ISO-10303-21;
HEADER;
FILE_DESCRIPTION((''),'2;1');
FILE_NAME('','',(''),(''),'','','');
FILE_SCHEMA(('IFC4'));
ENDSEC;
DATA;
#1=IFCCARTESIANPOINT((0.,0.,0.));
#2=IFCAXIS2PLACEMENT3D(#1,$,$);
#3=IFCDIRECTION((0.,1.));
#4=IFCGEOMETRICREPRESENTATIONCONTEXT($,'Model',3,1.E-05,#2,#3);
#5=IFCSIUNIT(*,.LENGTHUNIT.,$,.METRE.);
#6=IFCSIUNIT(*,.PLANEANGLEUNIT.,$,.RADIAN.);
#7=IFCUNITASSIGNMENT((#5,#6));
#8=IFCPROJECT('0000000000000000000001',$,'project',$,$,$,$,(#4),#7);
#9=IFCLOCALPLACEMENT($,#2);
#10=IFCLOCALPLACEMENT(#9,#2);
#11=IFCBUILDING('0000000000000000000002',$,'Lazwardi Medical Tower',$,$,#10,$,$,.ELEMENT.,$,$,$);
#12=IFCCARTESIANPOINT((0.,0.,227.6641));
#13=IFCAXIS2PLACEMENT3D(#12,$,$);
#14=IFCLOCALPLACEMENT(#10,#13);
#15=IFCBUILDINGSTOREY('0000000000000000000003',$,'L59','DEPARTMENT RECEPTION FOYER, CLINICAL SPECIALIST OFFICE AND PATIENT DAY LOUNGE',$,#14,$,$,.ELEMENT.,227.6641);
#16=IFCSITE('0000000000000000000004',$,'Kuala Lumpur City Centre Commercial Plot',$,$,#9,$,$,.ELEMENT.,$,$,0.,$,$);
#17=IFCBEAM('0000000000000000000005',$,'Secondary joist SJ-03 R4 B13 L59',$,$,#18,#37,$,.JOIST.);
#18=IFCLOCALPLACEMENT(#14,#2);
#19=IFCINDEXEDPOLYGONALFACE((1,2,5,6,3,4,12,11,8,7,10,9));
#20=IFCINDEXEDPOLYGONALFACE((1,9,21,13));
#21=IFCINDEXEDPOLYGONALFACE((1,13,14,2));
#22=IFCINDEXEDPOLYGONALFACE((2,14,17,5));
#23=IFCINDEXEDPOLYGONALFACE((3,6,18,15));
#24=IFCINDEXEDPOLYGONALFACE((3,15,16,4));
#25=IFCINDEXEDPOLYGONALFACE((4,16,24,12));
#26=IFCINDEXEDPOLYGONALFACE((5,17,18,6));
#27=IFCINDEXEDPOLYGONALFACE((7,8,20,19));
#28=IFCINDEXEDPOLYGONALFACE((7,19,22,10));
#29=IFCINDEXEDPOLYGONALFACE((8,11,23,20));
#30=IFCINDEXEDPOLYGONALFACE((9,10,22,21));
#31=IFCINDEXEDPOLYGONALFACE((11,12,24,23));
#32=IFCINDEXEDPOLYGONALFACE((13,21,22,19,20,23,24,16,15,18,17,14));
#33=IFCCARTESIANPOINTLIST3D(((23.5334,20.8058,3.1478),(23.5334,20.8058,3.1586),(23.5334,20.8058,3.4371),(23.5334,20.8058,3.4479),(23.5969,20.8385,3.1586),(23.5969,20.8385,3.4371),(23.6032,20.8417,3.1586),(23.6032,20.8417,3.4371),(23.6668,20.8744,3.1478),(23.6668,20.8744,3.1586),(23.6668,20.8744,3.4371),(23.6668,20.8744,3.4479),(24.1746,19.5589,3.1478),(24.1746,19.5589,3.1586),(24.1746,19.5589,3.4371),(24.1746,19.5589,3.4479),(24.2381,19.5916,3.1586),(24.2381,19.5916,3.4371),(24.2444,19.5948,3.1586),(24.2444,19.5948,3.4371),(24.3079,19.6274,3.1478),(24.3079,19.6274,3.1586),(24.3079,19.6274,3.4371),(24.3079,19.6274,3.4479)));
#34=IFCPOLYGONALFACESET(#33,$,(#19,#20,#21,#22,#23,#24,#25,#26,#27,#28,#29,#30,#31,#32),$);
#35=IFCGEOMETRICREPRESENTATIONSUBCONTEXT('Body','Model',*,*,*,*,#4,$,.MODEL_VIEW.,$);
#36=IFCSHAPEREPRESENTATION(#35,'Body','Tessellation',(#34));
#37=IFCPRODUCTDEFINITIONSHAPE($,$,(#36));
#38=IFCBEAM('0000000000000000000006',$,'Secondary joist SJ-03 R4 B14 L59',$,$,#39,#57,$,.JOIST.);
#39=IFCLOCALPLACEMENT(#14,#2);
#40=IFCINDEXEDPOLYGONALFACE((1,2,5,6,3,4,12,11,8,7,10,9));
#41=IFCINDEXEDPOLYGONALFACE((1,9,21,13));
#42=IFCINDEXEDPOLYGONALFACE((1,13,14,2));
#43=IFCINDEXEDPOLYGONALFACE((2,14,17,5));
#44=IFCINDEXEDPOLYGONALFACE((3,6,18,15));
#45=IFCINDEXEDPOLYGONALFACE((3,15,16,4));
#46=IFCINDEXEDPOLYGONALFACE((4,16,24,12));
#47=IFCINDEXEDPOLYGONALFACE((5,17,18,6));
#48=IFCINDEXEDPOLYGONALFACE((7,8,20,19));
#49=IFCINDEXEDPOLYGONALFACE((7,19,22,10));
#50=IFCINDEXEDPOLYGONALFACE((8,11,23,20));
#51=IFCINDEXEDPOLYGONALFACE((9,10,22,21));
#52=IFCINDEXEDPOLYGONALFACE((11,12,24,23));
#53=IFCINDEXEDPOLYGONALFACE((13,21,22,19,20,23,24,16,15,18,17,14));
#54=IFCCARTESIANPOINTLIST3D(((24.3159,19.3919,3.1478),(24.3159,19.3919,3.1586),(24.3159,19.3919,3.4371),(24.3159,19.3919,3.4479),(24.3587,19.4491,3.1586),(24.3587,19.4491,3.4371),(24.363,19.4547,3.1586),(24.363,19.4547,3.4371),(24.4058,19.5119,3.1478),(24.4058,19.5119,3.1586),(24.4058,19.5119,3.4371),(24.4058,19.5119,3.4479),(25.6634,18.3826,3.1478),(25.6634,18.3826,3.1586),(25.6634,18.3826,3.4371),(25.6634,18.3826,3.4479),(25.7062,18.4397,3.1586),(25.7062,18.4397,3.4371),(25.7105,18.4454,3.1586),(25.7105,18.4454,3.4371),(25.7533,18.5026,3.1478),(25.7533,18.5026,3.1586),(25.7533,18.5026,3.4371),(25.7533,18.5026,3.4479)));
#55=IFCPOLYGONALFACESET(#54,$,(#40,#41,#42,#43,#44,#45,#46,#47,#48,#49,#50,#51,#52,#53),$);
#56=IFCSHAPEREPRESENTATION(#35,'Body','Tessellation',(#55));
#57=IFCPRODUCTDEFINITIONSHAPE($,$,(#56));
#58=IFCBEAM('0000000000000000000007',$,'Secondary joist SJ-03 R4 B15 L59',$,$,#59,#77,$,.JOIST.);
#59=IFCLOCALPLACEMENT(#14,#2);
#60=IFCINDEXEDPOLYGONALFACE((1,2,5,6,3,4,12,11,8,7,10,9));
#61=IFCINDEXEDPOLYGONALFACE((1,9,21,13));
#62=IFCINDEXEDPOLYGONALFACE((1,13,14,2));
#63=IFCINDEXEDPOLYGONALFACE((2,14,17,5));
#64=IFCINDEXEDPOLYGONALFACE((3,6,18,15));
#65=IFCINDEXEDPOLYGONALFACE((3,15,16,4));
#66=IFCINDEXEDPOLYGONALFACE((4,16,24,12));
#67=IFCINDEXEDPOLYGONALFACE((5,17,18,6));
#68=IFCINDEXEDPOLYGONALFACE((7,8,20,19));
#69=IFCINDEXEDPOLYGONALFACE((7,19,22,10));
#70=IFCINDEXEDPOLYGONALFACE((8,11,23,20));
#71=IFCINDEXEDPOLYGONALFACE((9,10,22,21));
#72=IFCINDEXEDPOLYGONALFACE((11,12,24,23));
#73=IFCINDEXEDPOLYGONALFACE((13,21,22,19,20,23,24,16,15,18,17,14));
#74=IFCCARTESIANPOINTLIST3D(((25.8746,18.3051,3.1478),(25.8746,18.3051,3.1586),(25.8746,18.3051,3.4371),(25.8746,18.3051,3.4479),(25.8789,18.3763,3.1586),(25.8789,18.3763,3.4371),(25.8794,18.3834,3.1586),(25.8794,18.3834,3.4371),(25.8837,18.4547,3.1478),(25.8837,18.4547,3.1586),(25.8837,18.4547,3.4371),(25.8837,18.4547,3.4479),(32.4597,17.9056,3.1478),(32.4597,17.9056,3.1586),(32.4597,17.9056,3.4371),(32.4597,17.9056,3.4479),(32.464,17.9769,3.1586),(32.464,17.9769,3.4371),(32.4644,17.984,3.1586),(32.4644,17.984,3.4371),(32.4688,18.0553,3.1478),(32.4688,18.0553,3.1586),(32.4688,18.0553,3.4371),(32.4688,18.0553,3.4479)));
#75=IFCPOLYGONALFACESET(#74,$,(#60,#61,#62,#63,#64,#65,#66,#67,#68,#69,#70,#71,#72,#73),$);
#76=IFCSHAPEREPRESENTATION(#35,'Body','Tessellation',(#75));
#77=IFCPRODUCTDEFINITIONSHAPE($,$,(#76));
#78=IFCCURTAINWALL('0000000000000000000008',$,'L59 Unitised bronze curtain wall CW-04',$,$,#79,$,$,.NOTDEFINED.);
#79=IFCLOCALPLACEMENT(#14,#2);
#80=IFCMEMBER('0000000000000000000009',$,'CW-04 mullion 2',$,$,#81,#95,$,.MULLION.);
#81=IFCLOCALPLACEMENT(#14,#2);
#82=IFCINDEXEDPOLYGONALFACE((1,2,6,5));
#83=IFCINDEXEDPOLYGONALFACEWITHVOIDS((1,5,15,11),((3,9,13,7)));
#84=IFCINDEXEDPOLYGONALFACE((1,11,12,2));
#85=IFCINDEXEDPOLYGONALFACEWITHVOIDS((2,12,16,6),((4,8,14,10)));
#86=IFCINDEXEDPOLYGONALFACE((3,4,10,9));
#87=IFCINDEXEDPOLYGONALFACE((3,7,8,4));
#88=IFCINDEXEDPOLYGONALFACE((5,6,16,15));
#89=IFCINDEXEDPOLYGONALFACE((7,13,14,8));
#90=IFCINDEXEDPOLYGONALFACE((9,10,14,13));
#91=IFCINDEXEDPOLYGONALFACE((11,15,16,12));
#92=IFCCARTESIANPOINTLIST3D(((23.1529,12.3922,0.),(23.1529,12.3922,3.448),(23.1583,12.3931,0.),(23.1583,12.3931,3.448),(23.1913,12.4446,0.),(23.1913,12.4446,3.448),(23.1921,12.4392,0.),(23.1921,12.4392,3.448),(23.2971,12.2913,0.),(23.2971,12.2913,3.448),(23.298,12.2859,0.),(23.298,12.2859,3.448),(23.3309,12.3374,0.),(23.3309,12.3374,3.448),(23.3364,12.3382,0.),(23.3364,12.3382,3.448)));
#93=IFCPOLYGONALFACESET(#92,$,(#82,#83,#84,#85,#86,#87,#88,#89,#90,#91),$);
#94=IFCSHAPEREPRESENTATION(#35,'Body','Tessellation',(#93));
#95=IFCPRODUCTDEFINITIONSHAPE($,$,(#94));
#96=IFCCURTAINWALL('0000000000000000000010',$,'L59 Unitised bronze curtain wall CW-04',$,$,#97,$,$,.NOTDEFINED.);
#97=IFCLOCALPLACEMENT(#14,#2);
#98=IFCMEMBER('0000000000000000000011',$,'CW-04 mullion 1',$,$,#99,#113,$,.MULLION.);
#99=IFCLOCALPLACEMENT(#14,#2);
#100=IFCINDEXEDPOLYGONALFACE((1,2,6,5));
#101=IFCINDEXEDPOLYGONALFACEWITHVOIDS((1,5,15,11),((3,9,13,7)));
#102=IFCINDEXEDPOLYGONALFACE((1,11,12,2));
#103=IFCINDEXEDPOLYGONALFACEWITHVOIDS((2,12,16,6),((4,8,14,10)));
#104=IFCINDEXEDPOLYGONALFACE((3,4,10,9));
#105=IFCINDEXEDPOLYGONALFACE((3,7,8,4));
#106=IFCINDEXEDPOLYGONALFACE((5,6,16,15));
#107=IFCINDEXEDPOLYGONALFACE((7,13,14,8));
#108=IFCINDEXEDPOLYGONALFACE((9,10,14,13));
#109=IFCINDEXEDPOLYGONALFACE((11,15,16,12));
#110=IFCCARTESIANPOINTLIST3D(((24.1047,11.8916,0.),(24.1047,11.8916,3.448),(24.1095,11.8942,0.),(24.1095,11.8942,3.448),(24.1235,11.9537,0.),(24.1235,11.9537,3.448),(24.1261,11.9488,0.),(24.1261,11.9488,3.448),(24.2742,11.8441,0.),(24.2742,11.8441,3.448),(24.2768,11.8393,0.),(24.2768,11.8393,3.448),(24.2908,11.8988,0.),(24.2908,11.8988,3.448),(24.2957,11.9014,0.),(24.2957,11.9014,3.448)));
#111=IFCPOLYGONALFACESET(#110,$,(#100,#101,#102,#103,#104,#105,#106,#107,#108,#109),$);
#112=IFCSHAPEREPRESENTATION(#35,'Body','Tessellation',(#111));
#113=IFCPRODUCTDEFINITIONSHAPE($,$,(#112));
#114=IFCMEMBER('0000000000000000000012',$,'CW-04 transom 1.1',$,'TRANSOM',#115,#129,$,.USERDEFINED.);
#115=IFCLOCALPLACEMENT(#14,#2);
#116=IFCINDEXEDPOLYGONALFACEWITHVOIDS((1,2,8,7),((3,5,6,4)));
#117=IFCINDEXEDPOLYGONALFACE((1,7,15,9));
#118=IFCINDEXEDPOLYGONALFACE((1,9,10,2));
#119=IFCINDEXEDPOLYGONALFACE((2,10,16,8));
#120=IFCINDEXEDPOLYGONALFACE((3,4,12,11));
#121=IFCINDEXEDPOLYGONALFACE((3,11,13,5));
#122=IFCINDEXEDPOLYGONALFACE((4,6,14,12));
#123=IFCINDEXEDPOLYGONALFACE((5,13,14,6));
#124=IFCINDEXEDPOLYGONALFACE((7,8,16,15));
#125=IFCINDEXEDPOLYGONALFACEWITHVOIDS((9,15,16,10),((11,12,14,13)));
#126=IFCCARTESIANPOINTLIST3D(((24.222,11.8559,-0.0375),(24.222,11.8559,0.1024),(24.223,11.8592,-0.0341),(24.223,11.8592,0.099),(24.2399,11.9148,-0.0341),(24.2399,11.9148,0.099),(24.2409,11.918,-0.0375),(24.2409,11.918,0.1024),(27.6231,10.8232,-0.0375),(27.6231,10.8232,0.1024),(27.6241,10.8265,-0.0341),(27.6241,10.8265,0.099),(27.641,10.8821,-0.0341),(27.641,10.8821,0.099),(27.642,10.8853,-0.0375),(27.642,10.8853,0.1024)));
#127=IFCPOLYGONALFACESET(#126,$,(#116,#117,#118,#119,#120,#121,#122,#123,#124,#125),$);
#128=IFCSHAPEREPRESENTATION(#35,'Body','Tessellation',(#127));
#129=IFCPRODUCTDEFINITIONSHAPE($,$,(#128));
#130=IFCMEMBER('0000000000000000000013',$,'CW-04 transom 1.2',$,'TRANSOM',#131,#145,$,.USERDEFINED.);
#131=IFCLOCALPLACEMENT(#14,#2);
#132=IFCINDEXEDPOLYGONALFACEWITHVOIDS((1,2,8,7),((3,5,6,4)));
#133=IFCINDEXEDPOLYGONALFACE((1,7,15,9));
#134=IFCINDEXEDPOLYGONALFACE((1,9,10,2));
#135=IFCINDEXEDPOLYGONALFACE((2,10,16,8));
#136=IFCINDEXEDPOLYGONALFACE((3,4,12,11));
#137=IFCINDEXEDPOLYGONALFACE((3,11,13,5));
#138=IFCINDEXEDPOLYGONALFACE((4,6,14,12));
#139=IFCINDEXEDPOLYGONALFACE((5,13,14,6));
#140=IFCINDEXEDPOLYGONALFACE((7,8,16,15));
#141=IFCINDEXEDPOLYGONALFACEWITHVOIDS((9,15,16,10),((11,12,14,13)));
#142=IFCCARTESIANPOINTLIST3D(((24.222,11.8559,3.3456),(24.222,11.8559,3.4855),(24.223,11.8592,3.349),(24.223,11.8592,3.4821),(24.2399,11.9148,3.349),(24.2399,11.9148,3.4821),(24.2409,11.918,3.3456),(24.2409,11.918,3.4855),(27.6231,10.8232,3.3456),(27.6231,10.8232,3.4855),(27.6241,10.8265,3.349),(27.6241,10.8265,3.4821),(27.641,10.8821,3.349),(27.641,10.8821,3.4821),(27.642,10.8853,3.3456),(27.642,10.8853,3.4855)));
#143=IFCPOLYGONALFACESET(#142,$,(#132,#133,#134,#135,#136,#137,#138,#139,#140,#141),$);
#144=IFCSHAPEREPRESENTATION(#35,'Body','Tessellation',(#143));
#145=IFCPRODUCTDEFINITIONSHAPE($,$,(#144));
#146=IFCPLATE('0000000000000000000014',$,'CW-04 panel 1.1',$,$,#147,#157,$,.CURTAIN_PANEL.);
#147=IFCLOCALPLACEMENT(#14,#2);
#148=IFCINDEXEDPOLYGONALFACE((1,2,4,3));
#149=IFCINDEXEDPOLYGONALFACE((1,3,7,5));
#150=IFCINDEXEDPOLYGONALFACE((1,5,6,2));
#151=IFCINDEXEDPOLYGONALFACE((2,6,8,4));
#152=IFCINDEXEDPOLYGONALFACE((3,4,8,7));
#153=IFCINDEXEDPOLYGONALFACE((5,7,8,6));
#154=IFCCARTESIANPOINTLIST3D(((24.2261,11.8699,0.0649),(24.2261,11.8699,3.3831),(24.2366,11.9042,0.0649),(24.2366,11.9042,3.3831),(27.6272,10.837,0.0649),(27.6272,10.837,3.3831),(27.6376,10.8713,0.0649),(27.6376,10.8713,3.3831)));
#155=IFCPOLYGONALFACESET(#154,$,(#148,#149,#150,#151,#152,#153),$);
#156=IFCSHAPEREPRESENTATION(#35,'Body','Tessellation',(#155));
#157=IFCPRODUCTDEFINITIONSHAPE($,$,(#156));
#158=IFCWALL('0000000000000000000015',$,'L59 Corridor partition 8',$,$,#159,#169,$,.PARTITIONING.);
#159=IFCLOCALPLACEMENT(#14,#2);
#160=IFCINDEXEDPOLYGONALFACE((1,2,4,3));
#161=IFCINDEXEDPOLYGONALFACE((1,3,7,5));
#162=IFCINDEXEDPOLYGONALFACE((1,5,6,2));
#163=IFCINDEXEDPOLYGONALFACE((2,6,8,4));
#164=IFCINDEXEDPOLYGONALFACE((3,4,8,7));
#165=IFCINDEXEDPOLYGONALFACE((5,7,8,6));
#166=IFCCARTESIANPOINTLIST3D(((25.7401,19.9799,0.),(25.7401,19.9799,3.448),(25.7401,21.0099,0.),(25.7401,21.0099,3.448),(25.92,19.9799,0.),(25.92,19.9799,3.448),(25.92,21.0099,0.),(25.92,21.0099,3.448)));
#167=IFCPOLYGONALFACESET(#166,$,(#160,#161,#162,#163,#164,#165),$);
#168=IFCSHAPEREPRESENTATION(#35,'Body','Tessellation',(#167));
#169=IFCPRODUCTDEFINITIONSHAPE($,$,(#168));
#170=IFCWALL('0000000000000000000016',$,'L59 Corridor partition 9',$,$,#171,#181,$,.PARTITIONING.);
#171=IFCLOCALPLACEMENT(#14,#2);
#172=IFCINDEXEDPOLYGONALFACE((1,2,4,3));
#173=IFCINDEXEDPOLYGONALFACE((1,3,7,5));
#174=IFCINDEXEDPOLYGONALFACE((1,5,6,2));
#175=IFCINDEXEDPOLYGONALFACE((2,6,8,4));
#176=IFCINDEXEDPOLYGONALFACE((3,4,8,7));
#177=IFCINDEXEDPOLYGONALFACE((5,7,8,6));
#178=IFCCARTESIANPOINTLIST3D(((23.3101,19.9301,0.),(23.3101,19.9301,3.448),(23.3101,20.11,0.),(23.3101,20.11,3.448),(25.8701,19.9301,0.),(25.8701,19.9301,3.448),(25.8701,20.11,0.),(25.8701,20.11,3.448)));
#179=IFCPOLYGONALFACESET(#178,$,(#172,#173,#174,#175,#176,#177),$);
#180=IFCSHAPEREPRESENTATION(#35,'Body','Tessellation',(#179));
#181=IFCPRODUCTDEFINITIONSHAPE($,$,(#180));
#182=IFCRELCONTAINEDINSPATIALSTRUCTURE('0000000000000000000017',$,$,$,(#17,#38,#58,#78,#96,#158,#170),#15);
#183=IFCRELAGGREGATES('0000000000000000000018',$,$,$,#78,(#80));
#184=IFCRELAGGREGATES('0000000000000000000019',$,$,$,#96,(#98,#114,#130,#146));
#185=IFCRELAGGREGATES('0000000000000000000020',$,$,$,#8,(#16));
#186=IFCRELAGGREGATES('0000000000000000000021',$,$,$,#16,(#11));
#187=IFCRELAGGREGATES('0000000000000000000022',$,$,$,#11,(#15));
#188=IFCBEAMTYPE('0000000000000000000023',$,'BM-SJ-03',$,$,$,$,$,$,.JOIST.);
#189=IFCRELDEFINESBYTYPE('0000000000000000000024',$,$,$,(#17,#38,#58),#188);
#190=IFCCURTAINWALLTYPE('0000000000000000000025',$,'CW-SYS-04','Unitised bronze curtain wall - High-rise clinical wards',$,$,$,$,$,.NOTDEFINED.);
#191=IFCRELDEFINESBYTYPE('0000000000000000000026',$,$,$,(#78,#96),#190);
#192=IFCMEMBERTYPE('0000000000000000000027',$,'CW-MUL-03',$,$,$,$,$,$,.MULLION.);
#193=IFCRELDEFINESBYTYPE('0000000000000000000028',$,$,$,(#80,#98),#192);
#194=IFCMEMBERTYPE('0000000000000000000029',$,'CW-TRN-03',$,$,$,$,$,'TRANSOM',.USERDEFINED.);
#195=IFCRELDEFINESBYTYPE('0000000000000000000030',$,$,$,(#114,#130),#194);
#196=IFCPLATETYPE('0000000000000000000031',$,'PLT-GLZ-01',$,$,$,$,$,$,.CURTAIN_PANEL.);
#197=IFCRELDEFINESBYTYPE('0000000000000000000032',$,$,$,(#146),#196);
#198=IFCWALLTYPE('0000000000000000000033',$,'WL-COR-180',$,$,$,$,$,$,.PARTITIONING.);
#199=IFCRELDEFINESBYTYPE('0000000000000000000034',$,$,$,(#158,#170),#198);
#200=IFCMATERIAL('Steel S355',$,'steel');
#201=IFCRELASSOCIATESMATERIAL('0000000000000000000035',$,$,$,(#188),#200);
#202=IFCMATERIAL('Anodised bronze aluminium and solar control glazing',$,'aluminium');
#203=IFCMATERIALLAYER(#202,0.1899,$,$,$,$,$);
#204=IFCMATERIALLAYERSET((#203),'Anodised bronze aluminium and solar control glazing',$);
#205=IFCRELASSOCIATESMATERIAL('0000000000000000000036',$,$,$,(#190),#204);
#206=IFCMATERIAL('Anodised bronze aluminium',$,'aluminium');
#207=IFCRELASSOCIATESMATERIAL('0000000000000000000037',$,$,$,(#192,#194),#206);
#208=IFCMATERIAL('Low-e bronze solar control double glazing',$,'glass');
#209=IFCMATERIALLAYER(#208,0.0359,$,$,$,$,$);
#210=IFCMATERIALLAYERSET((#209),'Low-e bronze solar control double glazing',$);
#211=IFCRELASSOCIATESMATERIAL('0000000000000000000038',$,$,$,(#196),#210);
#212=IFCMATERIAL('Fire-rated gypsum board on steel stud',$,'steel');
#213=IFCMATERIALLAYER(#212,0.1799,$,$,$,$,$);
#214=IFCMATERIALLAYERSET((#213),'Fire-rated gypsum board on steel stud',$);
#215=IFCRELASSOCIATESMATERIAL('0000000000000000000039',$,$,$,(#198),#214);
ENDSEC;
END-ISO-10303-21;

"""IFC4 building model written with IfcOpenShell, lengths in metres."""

from ifc_helpers import new_model, si_unit, direction, frame, frame_2d, origin, origin_2d, place, context, subcontext, project, spatial, rectangle, hollow_rectangle, i_section, extrude, material, layer, layer_set, material_profile, profile_set, type_object, element, aggregate, save


model = new_model("IFC4")

# Units and contexts
model_context = context("Model", 3, precision=1e-05, world=origin(), true_north=direction((0.0, 1.0)))
body_context = subcontext(model_context, "Body", "Model", "MODEL_VIEW")
ifc_project = project(units=[si_unit("LENGTHUNIT", "METRE"), si_unit("PLANEANGLEUNIT", "RADIAN")], contexts=[model_context])

# Site, building, storey
site_placement = place(None, origin())
site = spatial("IfcSite", under=ifc_project, at=site_placement, Name="Kuala Lumpur City Centre Commercial Plot", CompositionType="ELEMENT", RefElevation=0.0)
building_placement = place(site_placement, origin())
building = spatial("IfcBuilding", under=site, at=building_placement, Name="Lazwardi Medical Tower", CompositionType="ELEMENT")
storey_placement = place(building_placement, frame((0.0, 0.0, 227.6641)))
storey = spatial("IfcBuildingStorey", under=building, at=storey_placement, Name="L59", Description="DEPARTMENT RECEPTION FOYER, CLINICAL SPECIALIST OFFICE AND PATIENT DAY LOUNGE", CompositionType="ELEMENT", Elevation=227.6641)

# Beams
ifc_material_1 = material(Name="Steel S355", Category="steel")
ifc_material_profile_1 = material_profile(ifc_material_1, i_section(OverallWidth=0.1499, OverallDepth=0.3, WebThickness=0.0071, FlangeThickness=0.0107, at=origin_2d()), Name="IPE 300")
ifc_profile_set_1 = profile_set([ifc_material_profile_1], Name="Steel S355")
beam_type_1 = type_object("IfcBeamType", Name="BM-SJ-03", PredefinedType="JOIST", material=ifc_profile_set_1)
beam_1_placement = place(storey_placement, frame((23.6001, 20.8401, 3.2979), z_axis=(0.457285, -0.88932, 0.0), x_axis=(0.88932, 0.457285, 0.0)))
element("IfcBeam", 1, at=beam_1_placement, inside=storey, type_object=beam_type_1, Name="Secondary joist SJ-03 R4 B13 L59", PredefinedType="JOIST", context=body_context, shape_type="SweptSolid", body=[
    extrude(i_section(OverallWidth=0.1499, OverallDepth=0.3, WebThickness=0.0071, FlangeThickness=0.0107, at=origin_2d()), origin(), (0.0, 0.0, 1.0), 1.4021),
])
beam_2_placement = place(storey_placement, frame((24.3608, 19.4519, 3.2979), z_axis=(0.800365, -0.599513, 0.0), x_axis=(0.599513, 0.800365, 0.0)))
element("IfcBeam", 2, at=beam_2_placement, inside=storey, type_object=beam_type_1, Name="Secondary joist SJ-03 R4 B14 L59", PredefinedType="JOIST", context=body_context, shape_type="SweptSolid", body=[
    extrude(i_section(OverallWidth=0.1499, OverallDepth=0.3, WebThickness=0.0071, FlangeThickness=0.0107, at=origin_2d()), origin(), (0.0, 0.0, 1.0), 1.6836),
])
beam_3_placement = place(storey_placement, frame((25.8792, 18.3799, 3.2979), z_axis=(0.998166, -0.060544, 0.0), x_axis=(0.060544, 0.998166, 0.0)))
element("IfcBeam", 3, at=beam_3_placement, inside=storey, type_object=beam_type_1, Name="Secondary joist SJ-03 R4 B15 L59", PredefinedType="JOIST", context=body_context, shape_type="SweptSolid", body=[
    extrude(i_section(OverallWidth=0.1499, OverallDepth=0.3, WebThickness=0.0071, FlangeThickness=0.0107, at=origin_2d()), origin(), (0.0, 0.0, 1.0), 6.5972),
])

# Curtain wall, member
ifc_material_2 = material(Name="Anodised bronze aluminium and solar control glazing", Category="aluminium")
ifc_layer_1 = layer(ifc_material_2, 0.1899)
ifc_layer_set_1 = layer_set([ifc_layer_1], Name="Anodised bronze aluminium and solar control glazing")
curtain_wall_type = type_object("IfcCurtainWallType", Name="CW-SYS-04", Description="Unitised bronze curtain wall - High-rise clinical wards", PredefinedType="NOTDEFINED", material=ifc_layer_set_1)
curtain_wall_1_placement = place(storey_placement, origin())
curtain_wall_1 = element("IfcCurtainWall", 4, at=curtain_wall_1_placement, inside=storey, type_object=curtain_wall_type, Name="L59 Unitised bronze curtain wall CW-04", PredefinedType="NOTDEFINED")
ifc_material_3 = material(Name="Anodised bronze aluminium", Category="aluminium")
ifc_material_profile_2 = material_profile(ifc_material_3, hollow_rectangle(XDim=0.0649, YDim=0.1799, WallThickness=0.0039, at=origin_2d()), Name="ALU-MULLION 180x65x4")
ifc_profile_set_2 = profile_set([ifc_material_profile_2], Name="Anodised bronze aluminium")
member_type_1 = type_object("IfcMemberType", Name="CW-MUL-03", PredefinedType="MULLION", material=ifc_profile_set_2)
member_1_placement = place(storey_placement, frame((23.2446, 12.3652, 0.0), z_axis=(0.0, 0.0, 1.0), x_axis=(0.591268, 0.806475, 0.0)))
member_1 = element("IfcMember", 5, at=member_1_placement, type_object=member_type_1, Name="CW-04 mullion 2", PredefinedType="MULLION", context=body_context, shape_type="SweptSolid", body=[
    extrude(hollow_rectangle(XDim=0.0649, YDim=0.1799, WallThickness=0.0039, at=origin_2d()), origin(), (0.0, 0.0, 1.0), 3.448),
])
aggregate(curtain_wall_1, [member_1])

# Curtain wall, members, plate
curtain_wall_2_placement = place(storey_placement, origin())
curtain_wall_2 = element("IfcCurtainWall", 6, at=curtain_wall_2_placement, inside=storey, type_object=curtain_wall_type, Name="L59 Unitised bronze curtain wall CW-04", PredefinedType="NOTDEFINED")
member_2_placement = place(storey_placement, frame((24.2002, 11.8965, 0.0), z_axis=(0.0, 0.0, 1.0), x_axis=(0.290582, 0.95685, 0.0)))
member_2 = element("IfcMember", 7, at=member_2_placement, type_object=member_type_1, Name="CW-04 mullion 1", PredefinedType="MULLION", context=body_context, shape_type="SweptSolid", body=[
    extrude(hollow_rectangle(XDim=0.0649, YDim=0.1799, WallThickness=0.0039, at=origin_2d()), origin(), (0.0, 0.0, 1.0), 3.448),
])
ifc_material_profile_3 = material_profile(ifc_material_3, hollow_rectangle(XDim=0.0649, YDim=0.1399, WallThickness=0.0034, at=origin_2d()), Name="ALU-TRANSOM 140x65x3.5")
ifc_profile_set_3 = profile_set([ifc_material_profile_3], Name="Anodised bronze aluminium")
member_type_2 = type_object("IfcMemberType", Name="CW-TRN-03", ElementType="TRANSOM", PredefinedType="USERDEFINED", material=ifc_profile_set_3)
member_3_placement = place(storey_placement, frame((24.2314, 11.887, 0.0325), z_axis=(0.956863, -0.290541, 0.0), x_axis=(0.290541, 0.956863, 0.0)))
member_3 = element("IfcMember", 8, at=member_3_placement, type_object=member_type_2, Name="CW-04 transom 1.1", ObjectType="TRANSOM", PredefinedType="USERDEFINED", context=body_context, shape_type="SweptSolid", body=[
    extrude(hollow_rectangle(XDim=0.0649, YDim=0.1399, WallThickness=0.0034, at=origin_2d()), origin(), (0.0, 0.0, 1.0), 3.5544),
])
member_4_placement = place(storey_placement, frame((24.2314, 11.887, 3.4155), z_axis=(0.956863, -0.290541, 0.0), x_axis=(0.290541, 0.956863, 0.0)))
member_4 = element("IfcMember", 9, at=member_4_placement, type_object=member_type_2, Name="CW-04 transom 1.2", ObjectType="TRANSOM", PredefinedType="USERDEFINED", context=body_context, shape_type="SweptSolid", body=[
    extrude(hollow_rectangle(XDim=0.0649, YDim=0.1399, WallThickness=0.0034, at=origin_2d()), origin(), (0.0, 0.0, 1.0), 3.5544),
])
ifc_material_4 = material(Name="Low-e bronze solar control double glazing", Category="glass")
ifc_layer_2 = layer(ifc_material_4, 0.0359)
ifc_layer_set_2 = layer_set([ifc_layer_2], Name="Low-e bronze solar control double glazing")
plate_type = type_object("IfcPlateType", Name="PLT-GLZ-01", PredefinedType="CURTAIN_PANEL", material=ifc_layer_set_2)
plate_placement = place(storey_placement, frame((25.9319, 11.3706, 0.0649), z_axis=(0.0, 0.0, 1.0), x_axis=(0.95685, -0.290582, 0.0)))
plate = element("IfcPlate", 10, at=plate_placement, type_object=plate_type, Name="CW-04 panel 1.1", PredefinedType="CURTAIN_PANEL", context=body_context, shape_type="SweptSolid", body=[
    extrude(rectangle(XDim=3.5544, YDim=0.0359, at=origin_2d()), origin(), (0.0, 0.0, 1.0), 3.3181),
])
aggregate(curtain_wall_2, [member_2, member_3, member_4, plate])

# Walls
ifc_material_5 = material(Name="Fire-rated gypsum board on steel stud", Category="steel")
ifc_layer_3 = layer(ifc_material_5, 0.1799)
ifc_layer_set_3 = layer_set([ifc_layer_3], Name="Fire-rated gypsum board on steel stud")
wall_type = type_object("IfcWallType", Name="WL-COR-180", PredefinedType="PARTITIONING", material=ifc_layer_set_3)
wall_1_placement = place(storey_placement, frame((25.8301, 21.01, 0.0), z_axis=(0.0, 0.0, 1.0), x_axis=(0.0, -1.0, 0.0)))
element("IfcWall", 11, at=wall_1_placement, inside=storey, type_object=wall_type, Name="L59 Corridor partition 8", PredefinedType="PARTITIONING", context=body_context, shape_type="SweptSolid", body=[
    extrude(rectangle(XDim=1.03, YDim=0.1799, at=frame_2d((0.5151, 0.0))), origin(), (0.0, 0.0, 1.0), 3.448),
])
wall_2_placement = place(storey_placement, frame((25.8701, 20.02, 0.0), z_axis=(0.0, 0.0, 1.0), x_axis=(-1.0, 0.0, 0.0)))
element("IfcWall", 12, at=wall_2_placement, inside=storey, type_object=wall_type, Name="L59 Corridor partition 9", PredefinedType="PARTITIONING", context=body_context, shape_type="SweptSolid", body=[
    extrude(rectangle(XDim=2.5601, YDim=0.1799, at=frame_2d((1.28, 0.0))), origin(), (0.0, 0.0, 1.0), 3.448),
])

save(model, "model.ifc")
